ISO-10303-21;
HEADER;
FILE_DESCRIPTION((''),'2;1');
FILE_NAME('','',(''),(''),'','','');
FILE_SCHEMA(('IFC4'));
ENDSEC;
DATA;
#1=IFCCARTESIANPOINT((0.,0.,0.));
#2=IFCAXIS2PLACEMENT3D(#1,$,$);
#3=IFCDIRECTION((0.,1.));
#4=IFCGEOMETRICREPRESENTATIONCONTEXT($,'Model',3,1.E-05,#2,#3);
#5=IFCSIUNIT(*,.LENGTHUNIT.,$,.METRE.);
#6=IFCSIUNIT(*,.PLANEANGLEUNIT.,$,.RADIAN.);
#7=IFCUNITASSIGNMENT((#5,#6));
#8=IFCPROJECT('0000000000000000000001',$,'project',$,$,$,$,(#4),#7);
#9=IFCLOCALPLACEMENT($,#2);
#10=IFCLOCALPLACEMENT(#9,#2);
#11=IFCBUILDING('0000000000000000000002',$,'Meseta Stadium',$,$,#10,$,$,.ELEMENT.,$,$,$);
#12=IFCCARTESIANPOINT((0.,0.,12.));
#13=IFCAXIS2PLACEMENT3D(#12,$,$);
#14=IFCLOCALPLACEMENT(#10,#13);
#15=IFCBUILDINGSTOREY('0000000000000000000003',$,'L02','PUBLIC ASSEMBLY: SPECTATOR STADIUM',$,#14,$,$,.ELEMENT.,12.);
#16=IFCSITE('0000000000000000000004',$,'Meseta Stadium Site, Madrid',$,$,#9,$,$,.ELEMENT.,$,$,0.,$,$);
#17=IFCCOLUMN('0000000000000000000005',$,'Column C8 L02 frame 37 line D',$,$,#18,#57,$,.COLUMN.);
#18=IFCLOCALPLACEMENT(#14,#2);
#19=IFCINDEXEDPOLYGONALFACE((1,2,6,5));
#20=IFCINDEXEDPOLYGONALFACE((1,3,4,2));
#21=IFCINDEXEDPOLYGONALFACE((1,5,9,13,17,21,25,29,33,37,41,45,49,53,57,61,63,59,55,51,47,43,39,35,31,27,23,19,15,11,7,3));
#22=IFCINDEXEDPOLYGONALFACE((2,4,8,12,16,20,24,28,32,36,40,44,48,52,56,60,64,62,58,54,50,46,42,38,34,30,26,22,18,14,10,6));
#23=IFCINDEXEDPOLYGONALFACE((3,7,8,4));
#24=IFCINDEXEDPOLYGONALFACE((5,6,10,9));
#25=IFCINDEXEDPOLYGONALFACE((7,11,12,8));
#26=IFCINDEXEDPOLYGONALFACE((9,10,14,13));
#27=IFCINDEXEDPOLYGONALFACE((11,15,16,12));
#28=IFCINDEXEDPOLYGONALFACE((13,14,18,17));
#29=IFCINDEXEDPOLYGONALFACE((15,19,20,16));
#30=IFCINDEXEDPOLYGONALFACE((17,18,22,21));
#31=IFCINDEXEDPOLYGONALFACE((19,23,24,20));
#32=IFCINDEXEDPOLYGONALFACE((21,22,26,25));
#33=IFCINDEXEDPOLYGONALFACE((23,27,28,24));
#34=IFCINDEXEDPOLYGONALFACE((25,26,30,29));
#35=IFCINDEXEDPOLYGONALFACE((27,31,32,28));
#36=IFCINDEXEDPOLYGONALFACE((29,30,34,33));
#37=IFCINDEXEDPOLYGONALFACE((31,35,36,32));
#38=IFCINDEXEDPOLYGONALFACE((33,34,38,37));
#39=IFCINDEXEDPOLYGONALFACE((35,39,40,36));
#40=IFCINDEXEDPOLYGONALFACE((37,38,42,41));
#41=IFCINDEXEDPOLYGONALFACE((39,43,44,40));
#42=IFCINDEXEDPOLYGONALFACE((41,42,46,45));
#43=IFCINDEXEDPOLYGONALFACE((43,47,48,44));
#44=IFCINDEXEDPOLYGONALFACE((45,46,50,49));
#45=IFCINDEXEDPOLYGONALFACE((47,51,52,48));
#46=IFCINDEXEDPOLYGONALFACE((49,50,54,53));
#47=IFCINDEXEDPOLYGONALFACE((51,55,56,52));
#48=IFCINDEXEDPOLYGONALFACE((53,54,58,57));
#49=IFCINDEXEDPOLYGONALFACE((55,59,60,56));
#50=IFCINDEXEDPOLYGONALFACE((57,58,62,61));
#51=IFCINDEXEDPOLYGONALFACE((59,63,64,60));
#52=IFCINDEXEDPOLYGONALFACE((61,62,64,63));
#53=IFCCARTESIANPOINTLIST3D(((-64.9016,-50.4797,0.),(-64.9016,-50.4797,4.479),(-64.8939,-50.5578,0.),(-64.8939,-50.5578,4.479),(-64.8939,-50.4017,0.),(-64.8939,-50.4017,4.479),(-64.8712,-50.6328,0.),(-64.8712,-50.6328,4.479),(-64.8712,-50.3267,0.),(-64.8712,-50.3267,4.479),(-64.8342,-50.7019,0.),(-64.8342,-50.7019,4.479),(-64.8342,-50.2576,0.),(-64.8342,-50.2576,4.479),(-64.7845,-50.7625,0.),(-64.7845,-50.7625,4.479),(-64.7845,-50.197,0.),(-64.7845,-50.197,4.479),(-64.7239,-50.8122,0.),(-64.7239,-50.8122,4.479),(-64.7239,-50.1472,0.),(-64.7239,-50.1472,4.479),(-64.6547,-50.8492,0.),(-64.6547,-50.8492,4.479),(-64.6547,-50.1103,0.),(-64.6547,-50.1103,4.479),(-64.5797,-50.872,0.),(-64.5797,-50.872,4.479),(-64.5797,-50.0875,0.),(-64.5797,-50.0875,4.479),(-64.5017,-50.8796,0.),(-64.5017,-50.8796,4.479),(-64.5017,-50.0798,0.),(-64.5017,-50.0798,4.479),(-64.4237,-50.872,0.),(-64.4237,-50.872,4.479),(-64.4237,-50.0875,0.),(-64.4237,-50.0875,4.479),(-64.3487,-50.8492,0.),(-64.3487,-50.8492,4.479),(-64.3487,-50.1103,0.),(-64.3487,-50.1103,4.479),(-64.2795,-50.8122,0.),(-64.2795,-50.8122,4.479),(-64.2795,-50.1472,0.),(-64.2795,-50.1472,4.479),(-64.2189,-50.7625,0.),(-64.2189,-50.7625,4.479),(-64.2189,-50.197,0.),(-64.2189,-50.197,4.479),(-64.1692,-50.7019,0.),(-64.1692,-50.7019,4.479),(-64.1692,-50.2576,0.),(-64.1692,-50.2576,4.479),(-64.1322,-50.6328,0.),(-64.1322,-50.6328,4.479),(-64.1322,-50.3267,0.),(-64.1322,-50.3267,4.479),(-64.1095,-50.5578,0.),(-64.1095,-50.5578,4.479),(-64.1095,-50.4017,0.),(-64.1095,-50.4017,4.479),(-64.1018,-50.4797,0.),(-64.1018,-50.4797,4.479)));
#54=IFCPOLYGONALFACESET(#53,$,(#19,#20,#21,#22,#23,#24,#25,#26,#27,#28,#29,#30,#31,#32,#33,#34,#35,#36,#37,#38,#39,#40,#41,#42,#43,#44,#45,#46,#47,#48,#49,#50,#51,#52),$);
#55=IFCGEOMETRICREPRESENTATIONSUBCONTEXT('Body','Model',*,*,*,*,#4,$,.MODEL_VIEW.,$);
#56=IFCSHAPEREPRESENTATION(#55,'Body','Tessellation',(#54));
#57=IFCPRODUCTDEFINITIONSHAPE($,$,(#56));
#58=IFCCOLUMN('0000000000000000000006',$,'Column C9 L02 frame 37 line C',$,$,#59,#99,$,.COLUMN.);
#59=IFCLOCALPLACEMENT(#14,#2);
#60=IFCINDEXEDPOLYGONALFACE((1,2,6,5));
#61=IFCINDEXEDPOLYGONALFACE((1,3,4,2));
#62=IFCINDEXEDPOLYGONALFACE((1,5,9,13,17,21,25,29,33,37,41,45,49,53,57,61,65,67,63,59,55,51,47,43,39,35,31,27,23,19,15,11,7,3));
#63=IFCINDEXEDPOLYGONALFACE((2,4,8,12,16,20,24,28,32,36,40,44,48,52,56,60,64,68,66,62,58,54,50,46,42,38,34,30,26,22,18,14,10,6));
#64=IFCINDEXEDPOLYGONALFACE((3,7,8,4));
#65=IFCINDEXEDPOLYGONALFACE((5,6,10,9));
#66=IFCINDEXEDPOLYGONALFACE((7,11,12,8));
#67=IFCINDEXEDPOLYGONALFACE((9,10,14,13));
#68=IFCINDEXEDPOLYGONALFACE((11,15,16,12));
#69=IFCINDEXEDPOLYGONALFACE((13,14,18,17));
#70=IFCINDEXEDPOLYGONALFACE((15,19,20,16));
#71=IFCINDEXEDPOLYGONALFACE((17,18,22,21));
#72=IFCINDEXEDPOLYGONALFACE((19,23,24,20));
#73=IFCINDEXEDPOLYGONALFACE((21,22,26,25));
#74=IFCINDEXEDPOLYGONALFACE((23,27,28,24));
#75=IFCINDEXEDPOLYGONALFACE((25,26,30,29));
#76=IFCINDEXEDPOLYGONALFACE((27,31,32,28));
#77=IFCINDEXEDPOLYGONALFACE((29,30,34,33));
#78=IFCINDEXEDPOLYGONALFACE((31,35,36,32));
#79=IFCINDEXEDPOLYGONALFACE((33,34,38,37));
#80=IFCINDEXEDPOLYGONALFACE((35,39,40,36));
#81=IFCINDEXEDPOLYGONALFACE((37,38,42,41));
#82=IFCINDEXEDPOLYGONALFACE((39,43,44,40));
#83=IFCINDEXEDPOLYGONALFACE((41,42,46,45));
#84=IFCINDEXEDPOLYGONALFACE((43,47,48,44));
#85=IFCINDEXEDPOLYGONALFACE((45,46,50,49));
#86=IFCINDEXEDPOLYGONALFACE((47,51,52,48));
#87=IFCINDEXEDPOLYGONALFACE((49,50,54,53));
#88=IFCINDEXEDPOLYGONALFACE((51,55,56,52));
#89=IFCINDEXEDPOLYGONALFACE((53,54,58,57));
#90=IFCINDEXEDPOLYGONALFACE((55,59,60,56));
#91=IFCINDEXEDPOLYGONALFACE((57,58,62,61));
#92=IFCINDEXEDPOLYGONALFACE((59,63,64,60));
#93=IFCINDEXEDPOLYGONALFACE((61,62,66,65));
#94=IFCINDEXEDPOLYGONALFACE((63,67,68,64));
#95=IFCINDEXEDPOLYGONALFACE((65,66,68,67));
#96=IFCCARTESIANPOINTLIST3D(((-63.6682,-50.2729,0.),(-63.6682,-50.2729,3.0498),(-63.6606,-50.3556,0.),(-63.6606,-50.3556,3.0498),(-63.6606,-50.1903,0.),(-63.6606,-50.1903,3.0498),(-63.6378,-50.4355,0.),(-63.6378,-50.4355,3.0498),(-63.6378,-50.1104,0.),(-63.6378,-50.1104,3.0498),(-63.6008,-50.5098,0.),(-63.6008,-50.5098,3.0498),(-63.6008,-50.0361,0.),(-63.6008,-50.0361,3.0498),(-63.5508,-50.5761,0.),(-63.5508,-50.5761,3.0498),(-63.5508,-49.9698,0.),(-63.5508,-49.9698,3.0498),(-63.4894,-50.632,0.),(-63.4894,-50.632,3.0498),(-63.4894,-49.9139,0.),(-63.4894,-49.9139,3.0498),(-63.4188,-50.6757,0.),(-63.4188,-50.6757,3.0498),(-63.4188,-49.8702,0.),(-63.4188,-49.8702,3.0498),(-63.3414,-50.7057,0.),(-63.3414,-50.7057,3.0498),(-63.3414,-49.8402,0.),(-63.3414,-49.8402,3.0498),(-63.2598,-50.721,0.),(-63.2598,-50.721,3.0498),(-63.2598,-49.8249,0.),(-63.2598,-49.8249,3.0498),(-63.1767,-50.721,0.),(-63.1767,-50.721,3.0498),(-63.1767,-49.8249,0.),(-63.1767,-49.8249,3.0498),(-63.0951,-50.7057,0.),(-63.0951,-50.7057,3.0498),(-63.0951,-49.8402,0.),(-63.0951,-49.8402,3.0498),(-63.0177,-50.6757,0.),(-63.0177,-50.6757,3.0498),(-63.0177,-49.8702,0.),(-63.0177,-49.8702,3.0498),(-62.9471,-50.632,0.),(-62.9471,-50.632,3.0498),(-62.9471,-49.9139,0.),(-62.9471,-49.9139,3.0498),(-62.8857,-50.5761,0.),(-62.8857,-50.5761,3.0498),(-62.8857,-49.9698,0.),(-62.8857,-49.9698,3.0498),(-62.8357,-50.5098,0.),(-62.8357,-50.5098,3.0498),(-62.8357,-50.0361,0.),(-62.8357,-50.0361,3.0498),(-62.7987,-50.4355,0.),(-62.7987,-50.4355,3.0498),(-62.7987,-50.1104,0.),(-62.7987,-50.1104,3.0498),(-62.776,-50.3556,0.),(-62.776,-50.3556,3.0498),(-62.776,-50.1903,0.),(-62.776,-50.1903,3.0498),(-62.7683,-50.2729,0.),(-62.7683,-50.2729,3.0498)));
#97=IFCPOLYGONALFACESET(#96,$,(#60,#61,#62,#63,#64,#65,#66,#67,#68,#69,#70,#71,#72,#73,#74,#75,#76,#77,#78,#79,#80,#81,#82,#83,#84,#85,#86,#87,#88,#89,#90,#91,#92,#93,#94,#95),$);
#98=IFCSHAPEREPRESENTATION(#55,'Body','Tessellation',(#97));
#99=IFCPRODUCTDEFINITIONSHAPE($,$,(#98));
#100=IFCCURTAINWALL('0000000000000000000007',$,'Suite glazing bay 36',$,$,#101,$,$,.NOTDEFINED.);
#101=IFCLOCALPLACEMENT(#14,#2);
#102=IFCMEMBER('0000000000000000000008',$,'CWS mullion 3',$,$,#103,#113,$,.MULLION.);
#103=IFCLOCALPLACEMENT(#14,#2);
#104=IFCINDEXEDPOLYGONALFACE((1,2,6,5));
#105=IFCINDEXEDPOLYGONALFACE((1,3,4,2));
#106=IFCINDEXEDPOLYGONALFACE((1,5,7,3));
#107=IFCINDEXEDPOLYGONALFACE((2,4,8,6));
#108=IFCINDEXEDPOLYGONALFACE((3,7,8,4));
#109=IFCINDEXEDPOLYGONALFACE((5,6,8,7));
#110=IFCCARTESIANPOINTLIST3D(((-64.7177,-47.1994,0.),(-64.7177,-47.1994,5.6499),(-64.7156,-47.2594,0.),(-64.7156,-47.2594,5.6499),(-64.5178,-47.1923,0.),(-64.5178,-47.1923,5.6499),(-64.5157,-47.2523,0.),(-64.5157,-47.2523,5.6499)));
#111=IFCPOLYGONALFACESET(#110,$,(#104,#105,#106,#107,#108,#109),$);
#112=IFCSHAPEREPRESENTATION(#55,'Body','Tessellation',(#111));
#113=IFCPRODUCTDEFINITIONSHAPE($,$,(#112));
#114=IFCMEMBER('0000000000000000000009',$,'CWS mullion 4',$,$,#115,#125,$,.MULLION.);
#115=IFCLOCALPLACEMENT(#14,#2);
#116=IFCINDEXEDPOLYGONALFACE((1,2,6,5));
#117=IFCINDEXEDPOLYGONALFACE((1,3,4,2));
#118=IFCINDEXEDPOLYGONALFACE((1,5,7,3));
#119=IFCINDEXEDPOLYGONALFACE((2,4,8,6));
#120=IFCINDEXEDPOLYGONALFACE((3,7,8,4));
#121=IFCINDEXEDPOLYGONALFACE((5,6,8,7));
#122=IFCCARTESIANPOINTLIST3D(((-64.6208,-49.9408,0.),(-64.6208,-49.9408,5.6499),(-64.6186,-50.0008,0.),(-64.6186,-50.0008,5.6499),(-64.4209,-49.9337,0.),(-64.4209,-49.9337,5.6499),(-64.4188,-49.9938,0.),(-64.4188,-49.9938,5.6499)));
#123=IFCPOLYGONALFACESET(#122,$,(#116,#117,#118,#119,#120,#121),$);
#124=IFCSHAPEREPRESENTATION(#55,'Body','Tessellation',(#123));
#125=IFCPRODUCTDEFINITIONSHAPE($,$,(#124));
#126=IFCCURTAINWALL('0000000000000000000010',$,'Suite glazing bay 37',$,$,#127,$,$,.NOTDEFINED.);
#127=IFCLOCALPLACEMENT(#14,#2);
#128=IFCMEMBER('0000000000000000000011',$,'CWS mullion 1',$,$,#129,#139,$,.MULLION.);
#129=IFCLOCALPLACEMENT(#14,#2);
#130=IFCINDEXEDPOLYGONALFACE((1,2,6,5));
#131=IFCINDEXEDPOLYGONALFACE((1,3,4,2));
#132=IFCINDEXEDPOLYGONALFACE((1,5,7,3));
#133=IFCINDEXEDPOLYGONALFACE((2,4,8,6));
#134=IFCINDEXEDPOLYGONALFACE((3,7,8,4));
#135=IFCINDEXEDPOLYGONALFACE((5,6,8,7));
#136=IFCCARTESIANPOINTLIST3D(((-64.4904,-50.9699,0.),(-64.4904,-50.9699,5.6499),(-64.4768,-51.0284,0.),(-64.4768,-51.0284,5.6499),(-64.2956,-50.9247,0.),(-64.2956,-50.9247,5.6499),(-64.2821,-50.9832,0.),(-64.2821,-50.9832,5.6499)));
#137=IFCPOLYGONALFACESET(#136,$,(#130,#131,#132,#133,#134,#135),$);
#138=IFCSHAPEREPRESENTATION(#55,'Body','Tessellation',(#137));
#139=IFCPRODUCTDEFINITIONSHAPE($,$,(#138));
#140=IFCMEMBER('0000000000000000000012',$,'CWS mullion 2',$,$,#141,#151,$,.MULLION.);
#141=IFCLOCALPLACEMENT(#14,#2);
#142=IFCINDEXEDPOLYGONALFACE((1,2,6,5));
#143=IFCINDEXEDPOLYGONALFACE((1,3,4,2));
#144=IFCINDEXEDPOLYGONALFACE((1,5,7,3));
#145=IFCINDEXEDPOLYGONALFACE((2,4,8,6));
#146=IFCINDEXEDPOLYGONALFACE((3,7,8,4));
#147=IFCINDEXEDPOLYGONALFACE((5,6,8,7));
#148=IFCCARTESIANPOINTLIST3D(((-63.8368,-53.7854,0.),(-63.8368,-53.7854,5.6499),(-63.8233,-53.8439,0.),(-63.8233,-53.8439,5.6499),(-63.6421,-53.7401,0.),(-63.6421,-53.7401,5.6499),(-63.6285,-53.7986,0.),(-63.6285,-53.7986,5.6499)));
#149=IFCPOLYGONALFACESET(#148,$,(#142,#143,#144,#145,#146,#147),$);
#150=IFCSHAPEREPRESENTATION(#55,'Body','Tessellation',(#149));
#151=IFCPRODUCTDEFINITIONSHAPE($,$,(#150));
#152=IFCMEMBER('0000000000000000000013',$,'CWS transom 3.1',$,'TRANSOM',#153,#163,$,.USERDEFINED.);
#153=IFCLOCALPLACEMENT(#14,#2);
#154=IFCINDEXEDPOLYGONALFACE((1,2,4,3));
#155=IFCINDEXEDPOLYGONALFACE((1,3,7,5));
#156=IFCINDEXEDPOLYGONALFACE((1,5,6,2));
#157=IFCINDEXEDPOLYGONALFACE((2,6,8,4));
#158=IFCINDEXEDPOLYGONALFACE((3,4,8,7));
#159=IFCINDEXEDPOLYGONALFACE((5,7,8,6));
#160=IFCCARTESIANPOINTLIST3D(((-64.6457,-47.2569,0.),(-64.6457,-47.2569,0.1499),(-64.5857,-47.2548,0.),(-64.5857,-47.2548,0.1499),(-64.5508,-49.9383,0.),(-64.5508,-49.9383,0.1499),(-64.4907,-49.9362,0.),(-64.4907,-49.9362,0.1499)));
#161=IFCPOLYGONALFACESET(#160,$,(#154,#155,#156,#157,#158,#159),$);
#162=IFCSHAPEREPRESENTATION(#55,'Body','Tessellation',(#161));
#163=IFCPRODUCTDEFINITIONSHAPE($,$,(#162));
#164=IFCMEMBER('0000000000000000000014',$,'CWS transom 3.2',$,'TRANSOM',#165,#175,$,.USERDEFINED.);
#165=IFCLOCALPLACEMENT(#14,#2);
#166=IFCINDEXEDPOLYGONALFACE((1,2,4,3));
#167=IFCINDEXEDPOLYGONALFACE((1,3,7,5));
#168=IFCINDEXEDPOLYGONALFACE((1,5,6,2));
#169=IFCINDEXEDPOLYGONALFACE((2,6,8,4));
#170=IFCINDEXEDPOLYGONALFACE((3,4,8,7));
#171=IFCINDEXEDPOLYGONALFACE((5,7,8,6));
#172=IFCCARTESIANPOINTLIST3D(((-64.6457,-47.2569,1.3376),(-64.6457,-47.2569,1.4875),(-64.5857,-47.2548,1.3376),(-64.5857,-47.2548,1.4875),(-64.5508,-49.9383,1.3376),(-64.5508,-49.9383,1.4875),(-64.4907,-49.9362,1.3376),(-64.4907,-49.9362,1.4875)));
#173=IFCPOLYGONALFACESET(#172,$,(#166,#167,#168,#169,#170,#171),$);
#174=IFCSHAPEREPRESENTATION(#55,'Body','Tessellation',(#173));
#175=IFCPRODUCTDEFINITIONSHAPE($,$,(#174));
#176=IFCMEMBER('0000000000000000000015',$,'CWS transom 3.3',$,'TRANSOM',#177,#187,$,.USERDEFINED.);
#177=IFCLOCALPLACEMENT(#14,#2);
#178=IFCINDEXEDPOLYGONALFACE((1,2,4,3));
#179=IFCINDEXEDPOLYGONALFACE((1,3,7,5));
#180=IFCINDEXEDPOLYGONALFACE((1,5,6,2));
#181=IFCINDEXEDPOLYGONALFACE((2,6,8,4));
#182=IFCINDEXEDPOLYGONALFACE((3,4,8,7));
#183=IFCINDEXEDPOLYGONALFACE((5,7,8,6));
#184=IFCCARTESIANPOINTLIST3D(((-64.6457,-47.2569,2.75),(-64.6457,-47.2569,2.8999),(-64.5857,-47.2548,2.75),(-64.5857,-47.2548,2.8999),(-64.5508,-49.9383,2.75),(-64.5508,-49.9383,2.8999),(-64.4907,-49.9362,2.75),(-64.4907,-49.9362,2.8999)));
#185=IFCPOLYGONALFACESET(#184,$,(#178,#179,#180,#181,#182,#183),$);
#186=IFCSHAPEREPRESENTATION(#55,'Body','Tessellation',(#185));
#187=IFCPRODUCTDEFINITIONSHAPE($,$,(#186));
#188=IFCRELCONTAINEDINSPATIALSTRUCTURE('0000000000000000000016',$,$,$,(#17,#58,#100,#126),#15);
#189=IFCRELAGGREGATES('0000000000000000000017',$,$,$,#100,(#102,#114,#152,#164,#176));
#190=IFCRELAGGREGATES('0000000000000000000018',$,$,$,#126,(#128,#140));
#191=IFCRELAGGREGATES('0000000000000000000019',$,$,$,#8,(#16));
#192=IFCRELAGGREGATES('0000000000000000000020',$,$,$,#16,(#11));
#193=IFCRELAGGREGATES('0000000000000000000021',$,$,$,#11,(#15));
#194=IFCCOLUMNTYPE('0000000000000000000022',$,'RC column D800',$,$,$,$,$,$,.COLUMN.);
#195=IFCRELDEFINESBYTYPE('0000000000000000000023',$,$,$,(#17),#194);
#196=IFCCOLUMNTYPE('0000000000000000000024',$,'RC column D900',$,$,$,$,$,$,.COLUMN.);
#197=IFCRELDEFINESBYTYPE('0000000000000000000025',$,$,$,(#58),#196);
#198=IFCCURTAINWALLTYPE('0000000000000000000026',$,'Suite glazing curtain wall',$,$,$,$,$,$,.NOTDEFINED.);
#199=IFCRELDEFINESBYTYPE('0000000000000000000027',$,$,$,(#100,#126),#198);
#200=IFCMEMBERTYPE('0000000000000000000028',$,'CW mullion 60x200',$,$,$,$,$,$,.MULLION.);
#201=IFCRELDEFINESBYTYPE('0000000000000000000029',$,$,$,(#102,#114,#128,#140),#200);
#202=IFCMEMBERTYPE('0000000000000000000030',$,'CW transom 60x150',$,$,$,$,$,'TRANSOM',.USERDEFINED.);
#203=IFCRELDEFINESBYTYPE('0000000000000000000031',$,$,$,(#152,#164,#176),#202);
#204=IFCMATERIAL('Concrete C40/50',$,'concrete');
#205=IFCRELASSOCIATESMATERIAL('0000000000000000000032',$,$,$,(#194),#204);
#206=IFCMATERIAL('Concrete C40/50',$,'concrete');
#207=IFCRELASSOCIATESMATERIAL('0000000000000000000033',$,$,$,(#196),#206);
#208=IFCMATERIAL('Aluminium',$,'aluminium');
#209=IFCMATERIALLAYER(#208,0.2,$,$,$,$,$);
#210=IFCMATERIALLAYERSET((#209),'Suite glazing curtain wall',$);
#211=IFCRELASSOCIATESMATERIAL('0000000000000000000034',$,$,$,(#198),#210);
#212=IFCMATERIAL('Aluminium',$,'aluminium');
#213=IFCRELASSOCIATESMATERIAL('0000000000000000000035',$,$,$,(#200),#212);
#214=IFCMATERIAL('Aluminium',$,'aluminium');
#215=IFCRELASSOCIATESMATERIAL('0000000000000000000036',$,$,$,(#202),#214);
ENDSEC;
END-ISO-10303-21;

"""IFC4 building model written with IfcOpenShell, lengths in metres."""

from ifc_helpers import new_model, si_unit, direction, frame, origin, origin_2d, place, context, subcontext, project, spatial, rectangle, circle, extrude, material, layer, layer_set, material_profile, profile_set, type_object, element, aggregate, save


model = new_model("IFC4")

# Units and contexts
model_context = context("Model", 3, precision=1e-05, world=origin(), true_north=direction((0.0, 1.0)))
body_context = subcontext(model_context, "Body", "Model", "MODEL_VIEW")
ifc_project = project(units=[si_unit("LENGTHUNIT", "METRE"), si_unit("PLANEANGLEUNIT", "RADIAN")], contexts=[model_context])

# Site, building, storey
site_placement = place(None, origin())
site = spatial("IfcSite", under=ifc_project, at=site_placement, Name="Meseta Stadium Site, Madrid", CompositionType="ELEMENT", RefElevation=0.0)
building_placement = place(site_placement, origin())
building = spatial("IfcBuilding", under=site, at=building_placement, Name="Meseta Stadium", CompositionType="ELEMENT")
storey_placement = place(building_placement, frame((0.0, 0.0, 12.0)))
storey = spatial("IfcBuildingStorey", under=building, at=storey_placement, Name="L02", Description="PUBLIC ASSEMBLY: SPECTATOR STADIUM", CompositionType="ELEMENT", Elevation=12.0)

# Columns
ifc_material_1 = material(Name="Concrete C40/50", Category="concrete")
ifc_material_profile_1 = material_profile(ifc_material_1, circle(Radius=0.3999, at=origin_2d()), Name="RC D800")
ifc_profile_set_1 = profile_set([ifc_material_profile_1], Name="Concrete C40/50")
column_type_1 = type_object("IfcColumnType", Name="RC column D800", PredefinedType="COLUMN", material=ifc_profile_set_1)
column_1_placement = place(storey_placement, frame((-64.5017, -50.4797, 0.0), z_axis=(0.0, 0.0, 1.0), x_axis=(1.0, 0.0, 0.0)))
element("IfcColumn", 1, at=column_1_placement, inside=storey, type_object=column_type_1, Name="Column C8 L02 frame 37 line D", PredefinedType="COLUMN", context=body_context, shape_type="SweptSolid", body=[
    extrude(circle(Radius=0.3999, at=origin_2d()), origin(), (0.0, 0.0, 1.0), 4.479),
])
ifc_material_2 = material(Name="Concrete C40/50", Category="concrete")
ifc_material_profile_2 = material_profile(ifc_material_2, circle(Radius=0.45, at=origin_2d()), Name="RC D900")
ifc_profile_set_2 = profile_set([ifc_material_profile_2], Name="Concrete C40/50")
column_type_2 = type_object("IfcColumnType", Name="RC column D900", PredefinedType="COLUMN", material=ifc_profile_set_2)
column_2_placement = place(storey_placement, frame((-63.2183, -50.2729, 0.0), z_axis=(0.0, 0.0, 1.0), x_axis=(1.0, 0.0, 0.0)))
element("IfcColumn", 2, at=column_2_placement, inside=storey, type_object=column_type_2, Name="Column C9 L02 frame 37 line C", PredefinedType="COLUMN", context=body_context, shape_type="SweptSolid", body=[
    extrude(circle(Radius=0.45, at=origin_2d()), origin(), (0.0, 0.0, 1.0), 3.0498),
])

# Curtain walls, members
ifc_material_3 = material(Name="Aluminium", Category="aluminium")
ifc_layer_1 = layer(ifc_material_3, 0.2)
ifc_layer_set_1 = layer_set([ifc_layer_1], Name="Suite glazing curtain wall")
curtain_wall_type = type_object("IfcCurtainWallType", Name="Suite glazing curtain wall", PredefinedType="NOTDEFINED", material=ifc_layer_set_1)
curtain_wall_1_placement = place(storey_placement, origin())
curtain_wall_1 = element("IfcCurtainWall", 3, at=curtain_wall_1_placement, inside=storey, type_object=curtain_wall_type, Name="Suite glazing bay 36", PredefinedType="NOTDEFINED")
ifc_material_4 = material(Name="Aluminium", Category="aluminium")
ifc_material_profile_3 = material_profile(ifc_material_4, rectangle(XDim=0.2, YDim=0.0601, at=origin_2d()), Name="CW 200x60")
ifc_profile_set_3 = profile_set([ifc_material_profile_3], Name="Aluminium")
member_type_1 = type_object("IfcMemberType", Name="CW mullion 60x200", PredefinedType="MULLION", material=ifc_profile_set_3)
member_1_placement = place(storey_placement, frame((-64.6167, -47.2258, 0.0), z_axis=(0.0, 0.0, 1.0), x_axis=(0.999374, 0.035371, 0.0)))
member_1 = element("IfcMember", 4, at=member_1_placement, type_object=member_type_1, Name="CWS mullion 3", PredefinedType="MULLION", context=body_context, shape_type="SweptSolid", body=[
    extrude(rectangle(XDim=0.2, YDim=0.0601, at=origin_2d()), origin(), (0.0, 0.0, 1.0), 5.6499),
])
member_2_placement = place(storey_placement, frame((-64.5198, -49.9673, 0.0), z_axis=(0.0, 0.0, 1.0), x_axis=(0.999374, 0.035371, 0.0)))
member_2 = element("IfcMember", 5, at=member_2_placement, type_object=member_type_1, Name="CWS mullion 4", PredefinedType="MULLION", context=body_context, shape_type="SweptSolid", body=[
    extrude(rectangle(XDim=0.2, YDim=0.0601, at=origin_2d()), origin(), (0.0, 0.0, 1.0), 5.6499),
])
curtain_wall_2_placement = place(storey_placement, origin())
curtain_wall_2 = element("IfcCurtainWall", 6, at=curtain_wall_2_placement, inside=storey, type_object=curtain_wall_type, Name="Suite glazing bay 37", PredefinedType="NOTDEFINED")
member_3_placement = place(storey_placement, frame((-64.3862, -50.9766, 0.0), z_axis=(0.0, 0.0, 1.0), x_axis=(0.974093, 0.226148, 0.0)))
member_3 = element("IfcMember", 7, at=member_3_placement, type_object=member_type_1, Name="CWS mullion 1", PredefinedType="MULLION", context=body_context, shape_type="SweptSolid", body=[
    extrude(rectangle(XDim=0.2, YDim=0.0601, at=origin_2d()), origin(), (0.0, 0.0, 1.0), 5.6499),
])
member_4_placement = place(storey_placement, frame((-63.7327, -53.792, 0.0), z_axis=(0.0, 0.0, 1.0), x_axis=(0.974093, 0.226148, 0.0)))
member_4 = element("IfcMember", 8, at=member_4_placement, type_object=member_type_1, Name="CWS mullion 2", PredefinedType="MULLION", context=body_context, shape_type="SweptSolid", body=[
    extrude(rectangle(XDim=0.2, YDim=0.0601, at=origin_2d()), origin(), (0.0, 0.0, 1.0), 5.6499),
])

# Members
ifc_material_5 = material(Name="Aluminium", Category="aluminium")
ifc_material_profile_4 = material_profile(ifc_material_5, rectangle(XDim=0.0601, YDim=0.1499, at=origin_2d()), Name="CW 60x150")
ifc_profile_set_4 = profile_set([ifc_material_profile_4], Name="Aluminium")
member_type_2 = type_object("IfcMemberType", Name="CW transom 60x150", ElementType="TRANSOM", PredefinedType="USERDEFINED", material=ifc_profile_set_4)
member_5_placement = place(storey_placement, frame((-64.6157, -47.2559, 0.075), z_axis=(0.035396, -0.999373, 0.0), x_axis=(0.999373, 0.035396, 0.0)))
member_5 = element("IfcMember", 9, at=member_5_placement, type_object=member_type_2, Name="CWS transom 3.1", ObjectType="TRANSOM", PredefinedType="USERDEFINED", context=body_context, shape_type="SweptSolid", body=[
    extrude(rectangle(XDim=0.0601, YDim=0.1499, at=origin_2d()), origin(), (0.0, 0.0, 1.0), 2.6831),
])
member_6_placement = place(storey_placement, frame((-64.6157, -47.2559, 1.4126), z_axis=(0.035396, -0.999373, 0.0), x_axis=(0.999373, 0.035396, 0.0)))
member_6 = element("IfcMember", 10, at=member_6_placement, type_object=member_type_2, Name="CWS transom 3.2", ObjectType="TRANSOM", PredefinedType="USERDEFINED", context=body_context, shape_type="SweptSolid", body=[
    extrude(rectangle(XDim=0.0601, YDim=0.1499, at=origin_2d()), origin(), (0.0, 0.0, 1.0), 2.6831),
])
member_7_placement = place(storey_placement, frame((-64.6157, -47.2559, 2.825), z_axis=(0.035396, -0.999373, 0.0), x_axis=(0.999373, 0.035396, 0.0)))
member_7 = element("IfcMember", 11, at=member_7_placement, type_object=member_type_2, Name="CWS transom 3.3", ObjectType="TRANSOM", PredefinedType="USERDEFINED", context=body_context, shape_type="SweptSolid", body=[
    extrude(rectangle(XDim=0.0601, YDim=0.1499, at=origin_2d()), origin(), (0.0, 0.0, 1.0), 2.6831),
])

aggregate(curtain_wall_1, [member_1, member_2, member_5, member_6, member_7])
aggregate(curtain_wall_2, [member_3, member_4])

save(model, "model.ifc")
